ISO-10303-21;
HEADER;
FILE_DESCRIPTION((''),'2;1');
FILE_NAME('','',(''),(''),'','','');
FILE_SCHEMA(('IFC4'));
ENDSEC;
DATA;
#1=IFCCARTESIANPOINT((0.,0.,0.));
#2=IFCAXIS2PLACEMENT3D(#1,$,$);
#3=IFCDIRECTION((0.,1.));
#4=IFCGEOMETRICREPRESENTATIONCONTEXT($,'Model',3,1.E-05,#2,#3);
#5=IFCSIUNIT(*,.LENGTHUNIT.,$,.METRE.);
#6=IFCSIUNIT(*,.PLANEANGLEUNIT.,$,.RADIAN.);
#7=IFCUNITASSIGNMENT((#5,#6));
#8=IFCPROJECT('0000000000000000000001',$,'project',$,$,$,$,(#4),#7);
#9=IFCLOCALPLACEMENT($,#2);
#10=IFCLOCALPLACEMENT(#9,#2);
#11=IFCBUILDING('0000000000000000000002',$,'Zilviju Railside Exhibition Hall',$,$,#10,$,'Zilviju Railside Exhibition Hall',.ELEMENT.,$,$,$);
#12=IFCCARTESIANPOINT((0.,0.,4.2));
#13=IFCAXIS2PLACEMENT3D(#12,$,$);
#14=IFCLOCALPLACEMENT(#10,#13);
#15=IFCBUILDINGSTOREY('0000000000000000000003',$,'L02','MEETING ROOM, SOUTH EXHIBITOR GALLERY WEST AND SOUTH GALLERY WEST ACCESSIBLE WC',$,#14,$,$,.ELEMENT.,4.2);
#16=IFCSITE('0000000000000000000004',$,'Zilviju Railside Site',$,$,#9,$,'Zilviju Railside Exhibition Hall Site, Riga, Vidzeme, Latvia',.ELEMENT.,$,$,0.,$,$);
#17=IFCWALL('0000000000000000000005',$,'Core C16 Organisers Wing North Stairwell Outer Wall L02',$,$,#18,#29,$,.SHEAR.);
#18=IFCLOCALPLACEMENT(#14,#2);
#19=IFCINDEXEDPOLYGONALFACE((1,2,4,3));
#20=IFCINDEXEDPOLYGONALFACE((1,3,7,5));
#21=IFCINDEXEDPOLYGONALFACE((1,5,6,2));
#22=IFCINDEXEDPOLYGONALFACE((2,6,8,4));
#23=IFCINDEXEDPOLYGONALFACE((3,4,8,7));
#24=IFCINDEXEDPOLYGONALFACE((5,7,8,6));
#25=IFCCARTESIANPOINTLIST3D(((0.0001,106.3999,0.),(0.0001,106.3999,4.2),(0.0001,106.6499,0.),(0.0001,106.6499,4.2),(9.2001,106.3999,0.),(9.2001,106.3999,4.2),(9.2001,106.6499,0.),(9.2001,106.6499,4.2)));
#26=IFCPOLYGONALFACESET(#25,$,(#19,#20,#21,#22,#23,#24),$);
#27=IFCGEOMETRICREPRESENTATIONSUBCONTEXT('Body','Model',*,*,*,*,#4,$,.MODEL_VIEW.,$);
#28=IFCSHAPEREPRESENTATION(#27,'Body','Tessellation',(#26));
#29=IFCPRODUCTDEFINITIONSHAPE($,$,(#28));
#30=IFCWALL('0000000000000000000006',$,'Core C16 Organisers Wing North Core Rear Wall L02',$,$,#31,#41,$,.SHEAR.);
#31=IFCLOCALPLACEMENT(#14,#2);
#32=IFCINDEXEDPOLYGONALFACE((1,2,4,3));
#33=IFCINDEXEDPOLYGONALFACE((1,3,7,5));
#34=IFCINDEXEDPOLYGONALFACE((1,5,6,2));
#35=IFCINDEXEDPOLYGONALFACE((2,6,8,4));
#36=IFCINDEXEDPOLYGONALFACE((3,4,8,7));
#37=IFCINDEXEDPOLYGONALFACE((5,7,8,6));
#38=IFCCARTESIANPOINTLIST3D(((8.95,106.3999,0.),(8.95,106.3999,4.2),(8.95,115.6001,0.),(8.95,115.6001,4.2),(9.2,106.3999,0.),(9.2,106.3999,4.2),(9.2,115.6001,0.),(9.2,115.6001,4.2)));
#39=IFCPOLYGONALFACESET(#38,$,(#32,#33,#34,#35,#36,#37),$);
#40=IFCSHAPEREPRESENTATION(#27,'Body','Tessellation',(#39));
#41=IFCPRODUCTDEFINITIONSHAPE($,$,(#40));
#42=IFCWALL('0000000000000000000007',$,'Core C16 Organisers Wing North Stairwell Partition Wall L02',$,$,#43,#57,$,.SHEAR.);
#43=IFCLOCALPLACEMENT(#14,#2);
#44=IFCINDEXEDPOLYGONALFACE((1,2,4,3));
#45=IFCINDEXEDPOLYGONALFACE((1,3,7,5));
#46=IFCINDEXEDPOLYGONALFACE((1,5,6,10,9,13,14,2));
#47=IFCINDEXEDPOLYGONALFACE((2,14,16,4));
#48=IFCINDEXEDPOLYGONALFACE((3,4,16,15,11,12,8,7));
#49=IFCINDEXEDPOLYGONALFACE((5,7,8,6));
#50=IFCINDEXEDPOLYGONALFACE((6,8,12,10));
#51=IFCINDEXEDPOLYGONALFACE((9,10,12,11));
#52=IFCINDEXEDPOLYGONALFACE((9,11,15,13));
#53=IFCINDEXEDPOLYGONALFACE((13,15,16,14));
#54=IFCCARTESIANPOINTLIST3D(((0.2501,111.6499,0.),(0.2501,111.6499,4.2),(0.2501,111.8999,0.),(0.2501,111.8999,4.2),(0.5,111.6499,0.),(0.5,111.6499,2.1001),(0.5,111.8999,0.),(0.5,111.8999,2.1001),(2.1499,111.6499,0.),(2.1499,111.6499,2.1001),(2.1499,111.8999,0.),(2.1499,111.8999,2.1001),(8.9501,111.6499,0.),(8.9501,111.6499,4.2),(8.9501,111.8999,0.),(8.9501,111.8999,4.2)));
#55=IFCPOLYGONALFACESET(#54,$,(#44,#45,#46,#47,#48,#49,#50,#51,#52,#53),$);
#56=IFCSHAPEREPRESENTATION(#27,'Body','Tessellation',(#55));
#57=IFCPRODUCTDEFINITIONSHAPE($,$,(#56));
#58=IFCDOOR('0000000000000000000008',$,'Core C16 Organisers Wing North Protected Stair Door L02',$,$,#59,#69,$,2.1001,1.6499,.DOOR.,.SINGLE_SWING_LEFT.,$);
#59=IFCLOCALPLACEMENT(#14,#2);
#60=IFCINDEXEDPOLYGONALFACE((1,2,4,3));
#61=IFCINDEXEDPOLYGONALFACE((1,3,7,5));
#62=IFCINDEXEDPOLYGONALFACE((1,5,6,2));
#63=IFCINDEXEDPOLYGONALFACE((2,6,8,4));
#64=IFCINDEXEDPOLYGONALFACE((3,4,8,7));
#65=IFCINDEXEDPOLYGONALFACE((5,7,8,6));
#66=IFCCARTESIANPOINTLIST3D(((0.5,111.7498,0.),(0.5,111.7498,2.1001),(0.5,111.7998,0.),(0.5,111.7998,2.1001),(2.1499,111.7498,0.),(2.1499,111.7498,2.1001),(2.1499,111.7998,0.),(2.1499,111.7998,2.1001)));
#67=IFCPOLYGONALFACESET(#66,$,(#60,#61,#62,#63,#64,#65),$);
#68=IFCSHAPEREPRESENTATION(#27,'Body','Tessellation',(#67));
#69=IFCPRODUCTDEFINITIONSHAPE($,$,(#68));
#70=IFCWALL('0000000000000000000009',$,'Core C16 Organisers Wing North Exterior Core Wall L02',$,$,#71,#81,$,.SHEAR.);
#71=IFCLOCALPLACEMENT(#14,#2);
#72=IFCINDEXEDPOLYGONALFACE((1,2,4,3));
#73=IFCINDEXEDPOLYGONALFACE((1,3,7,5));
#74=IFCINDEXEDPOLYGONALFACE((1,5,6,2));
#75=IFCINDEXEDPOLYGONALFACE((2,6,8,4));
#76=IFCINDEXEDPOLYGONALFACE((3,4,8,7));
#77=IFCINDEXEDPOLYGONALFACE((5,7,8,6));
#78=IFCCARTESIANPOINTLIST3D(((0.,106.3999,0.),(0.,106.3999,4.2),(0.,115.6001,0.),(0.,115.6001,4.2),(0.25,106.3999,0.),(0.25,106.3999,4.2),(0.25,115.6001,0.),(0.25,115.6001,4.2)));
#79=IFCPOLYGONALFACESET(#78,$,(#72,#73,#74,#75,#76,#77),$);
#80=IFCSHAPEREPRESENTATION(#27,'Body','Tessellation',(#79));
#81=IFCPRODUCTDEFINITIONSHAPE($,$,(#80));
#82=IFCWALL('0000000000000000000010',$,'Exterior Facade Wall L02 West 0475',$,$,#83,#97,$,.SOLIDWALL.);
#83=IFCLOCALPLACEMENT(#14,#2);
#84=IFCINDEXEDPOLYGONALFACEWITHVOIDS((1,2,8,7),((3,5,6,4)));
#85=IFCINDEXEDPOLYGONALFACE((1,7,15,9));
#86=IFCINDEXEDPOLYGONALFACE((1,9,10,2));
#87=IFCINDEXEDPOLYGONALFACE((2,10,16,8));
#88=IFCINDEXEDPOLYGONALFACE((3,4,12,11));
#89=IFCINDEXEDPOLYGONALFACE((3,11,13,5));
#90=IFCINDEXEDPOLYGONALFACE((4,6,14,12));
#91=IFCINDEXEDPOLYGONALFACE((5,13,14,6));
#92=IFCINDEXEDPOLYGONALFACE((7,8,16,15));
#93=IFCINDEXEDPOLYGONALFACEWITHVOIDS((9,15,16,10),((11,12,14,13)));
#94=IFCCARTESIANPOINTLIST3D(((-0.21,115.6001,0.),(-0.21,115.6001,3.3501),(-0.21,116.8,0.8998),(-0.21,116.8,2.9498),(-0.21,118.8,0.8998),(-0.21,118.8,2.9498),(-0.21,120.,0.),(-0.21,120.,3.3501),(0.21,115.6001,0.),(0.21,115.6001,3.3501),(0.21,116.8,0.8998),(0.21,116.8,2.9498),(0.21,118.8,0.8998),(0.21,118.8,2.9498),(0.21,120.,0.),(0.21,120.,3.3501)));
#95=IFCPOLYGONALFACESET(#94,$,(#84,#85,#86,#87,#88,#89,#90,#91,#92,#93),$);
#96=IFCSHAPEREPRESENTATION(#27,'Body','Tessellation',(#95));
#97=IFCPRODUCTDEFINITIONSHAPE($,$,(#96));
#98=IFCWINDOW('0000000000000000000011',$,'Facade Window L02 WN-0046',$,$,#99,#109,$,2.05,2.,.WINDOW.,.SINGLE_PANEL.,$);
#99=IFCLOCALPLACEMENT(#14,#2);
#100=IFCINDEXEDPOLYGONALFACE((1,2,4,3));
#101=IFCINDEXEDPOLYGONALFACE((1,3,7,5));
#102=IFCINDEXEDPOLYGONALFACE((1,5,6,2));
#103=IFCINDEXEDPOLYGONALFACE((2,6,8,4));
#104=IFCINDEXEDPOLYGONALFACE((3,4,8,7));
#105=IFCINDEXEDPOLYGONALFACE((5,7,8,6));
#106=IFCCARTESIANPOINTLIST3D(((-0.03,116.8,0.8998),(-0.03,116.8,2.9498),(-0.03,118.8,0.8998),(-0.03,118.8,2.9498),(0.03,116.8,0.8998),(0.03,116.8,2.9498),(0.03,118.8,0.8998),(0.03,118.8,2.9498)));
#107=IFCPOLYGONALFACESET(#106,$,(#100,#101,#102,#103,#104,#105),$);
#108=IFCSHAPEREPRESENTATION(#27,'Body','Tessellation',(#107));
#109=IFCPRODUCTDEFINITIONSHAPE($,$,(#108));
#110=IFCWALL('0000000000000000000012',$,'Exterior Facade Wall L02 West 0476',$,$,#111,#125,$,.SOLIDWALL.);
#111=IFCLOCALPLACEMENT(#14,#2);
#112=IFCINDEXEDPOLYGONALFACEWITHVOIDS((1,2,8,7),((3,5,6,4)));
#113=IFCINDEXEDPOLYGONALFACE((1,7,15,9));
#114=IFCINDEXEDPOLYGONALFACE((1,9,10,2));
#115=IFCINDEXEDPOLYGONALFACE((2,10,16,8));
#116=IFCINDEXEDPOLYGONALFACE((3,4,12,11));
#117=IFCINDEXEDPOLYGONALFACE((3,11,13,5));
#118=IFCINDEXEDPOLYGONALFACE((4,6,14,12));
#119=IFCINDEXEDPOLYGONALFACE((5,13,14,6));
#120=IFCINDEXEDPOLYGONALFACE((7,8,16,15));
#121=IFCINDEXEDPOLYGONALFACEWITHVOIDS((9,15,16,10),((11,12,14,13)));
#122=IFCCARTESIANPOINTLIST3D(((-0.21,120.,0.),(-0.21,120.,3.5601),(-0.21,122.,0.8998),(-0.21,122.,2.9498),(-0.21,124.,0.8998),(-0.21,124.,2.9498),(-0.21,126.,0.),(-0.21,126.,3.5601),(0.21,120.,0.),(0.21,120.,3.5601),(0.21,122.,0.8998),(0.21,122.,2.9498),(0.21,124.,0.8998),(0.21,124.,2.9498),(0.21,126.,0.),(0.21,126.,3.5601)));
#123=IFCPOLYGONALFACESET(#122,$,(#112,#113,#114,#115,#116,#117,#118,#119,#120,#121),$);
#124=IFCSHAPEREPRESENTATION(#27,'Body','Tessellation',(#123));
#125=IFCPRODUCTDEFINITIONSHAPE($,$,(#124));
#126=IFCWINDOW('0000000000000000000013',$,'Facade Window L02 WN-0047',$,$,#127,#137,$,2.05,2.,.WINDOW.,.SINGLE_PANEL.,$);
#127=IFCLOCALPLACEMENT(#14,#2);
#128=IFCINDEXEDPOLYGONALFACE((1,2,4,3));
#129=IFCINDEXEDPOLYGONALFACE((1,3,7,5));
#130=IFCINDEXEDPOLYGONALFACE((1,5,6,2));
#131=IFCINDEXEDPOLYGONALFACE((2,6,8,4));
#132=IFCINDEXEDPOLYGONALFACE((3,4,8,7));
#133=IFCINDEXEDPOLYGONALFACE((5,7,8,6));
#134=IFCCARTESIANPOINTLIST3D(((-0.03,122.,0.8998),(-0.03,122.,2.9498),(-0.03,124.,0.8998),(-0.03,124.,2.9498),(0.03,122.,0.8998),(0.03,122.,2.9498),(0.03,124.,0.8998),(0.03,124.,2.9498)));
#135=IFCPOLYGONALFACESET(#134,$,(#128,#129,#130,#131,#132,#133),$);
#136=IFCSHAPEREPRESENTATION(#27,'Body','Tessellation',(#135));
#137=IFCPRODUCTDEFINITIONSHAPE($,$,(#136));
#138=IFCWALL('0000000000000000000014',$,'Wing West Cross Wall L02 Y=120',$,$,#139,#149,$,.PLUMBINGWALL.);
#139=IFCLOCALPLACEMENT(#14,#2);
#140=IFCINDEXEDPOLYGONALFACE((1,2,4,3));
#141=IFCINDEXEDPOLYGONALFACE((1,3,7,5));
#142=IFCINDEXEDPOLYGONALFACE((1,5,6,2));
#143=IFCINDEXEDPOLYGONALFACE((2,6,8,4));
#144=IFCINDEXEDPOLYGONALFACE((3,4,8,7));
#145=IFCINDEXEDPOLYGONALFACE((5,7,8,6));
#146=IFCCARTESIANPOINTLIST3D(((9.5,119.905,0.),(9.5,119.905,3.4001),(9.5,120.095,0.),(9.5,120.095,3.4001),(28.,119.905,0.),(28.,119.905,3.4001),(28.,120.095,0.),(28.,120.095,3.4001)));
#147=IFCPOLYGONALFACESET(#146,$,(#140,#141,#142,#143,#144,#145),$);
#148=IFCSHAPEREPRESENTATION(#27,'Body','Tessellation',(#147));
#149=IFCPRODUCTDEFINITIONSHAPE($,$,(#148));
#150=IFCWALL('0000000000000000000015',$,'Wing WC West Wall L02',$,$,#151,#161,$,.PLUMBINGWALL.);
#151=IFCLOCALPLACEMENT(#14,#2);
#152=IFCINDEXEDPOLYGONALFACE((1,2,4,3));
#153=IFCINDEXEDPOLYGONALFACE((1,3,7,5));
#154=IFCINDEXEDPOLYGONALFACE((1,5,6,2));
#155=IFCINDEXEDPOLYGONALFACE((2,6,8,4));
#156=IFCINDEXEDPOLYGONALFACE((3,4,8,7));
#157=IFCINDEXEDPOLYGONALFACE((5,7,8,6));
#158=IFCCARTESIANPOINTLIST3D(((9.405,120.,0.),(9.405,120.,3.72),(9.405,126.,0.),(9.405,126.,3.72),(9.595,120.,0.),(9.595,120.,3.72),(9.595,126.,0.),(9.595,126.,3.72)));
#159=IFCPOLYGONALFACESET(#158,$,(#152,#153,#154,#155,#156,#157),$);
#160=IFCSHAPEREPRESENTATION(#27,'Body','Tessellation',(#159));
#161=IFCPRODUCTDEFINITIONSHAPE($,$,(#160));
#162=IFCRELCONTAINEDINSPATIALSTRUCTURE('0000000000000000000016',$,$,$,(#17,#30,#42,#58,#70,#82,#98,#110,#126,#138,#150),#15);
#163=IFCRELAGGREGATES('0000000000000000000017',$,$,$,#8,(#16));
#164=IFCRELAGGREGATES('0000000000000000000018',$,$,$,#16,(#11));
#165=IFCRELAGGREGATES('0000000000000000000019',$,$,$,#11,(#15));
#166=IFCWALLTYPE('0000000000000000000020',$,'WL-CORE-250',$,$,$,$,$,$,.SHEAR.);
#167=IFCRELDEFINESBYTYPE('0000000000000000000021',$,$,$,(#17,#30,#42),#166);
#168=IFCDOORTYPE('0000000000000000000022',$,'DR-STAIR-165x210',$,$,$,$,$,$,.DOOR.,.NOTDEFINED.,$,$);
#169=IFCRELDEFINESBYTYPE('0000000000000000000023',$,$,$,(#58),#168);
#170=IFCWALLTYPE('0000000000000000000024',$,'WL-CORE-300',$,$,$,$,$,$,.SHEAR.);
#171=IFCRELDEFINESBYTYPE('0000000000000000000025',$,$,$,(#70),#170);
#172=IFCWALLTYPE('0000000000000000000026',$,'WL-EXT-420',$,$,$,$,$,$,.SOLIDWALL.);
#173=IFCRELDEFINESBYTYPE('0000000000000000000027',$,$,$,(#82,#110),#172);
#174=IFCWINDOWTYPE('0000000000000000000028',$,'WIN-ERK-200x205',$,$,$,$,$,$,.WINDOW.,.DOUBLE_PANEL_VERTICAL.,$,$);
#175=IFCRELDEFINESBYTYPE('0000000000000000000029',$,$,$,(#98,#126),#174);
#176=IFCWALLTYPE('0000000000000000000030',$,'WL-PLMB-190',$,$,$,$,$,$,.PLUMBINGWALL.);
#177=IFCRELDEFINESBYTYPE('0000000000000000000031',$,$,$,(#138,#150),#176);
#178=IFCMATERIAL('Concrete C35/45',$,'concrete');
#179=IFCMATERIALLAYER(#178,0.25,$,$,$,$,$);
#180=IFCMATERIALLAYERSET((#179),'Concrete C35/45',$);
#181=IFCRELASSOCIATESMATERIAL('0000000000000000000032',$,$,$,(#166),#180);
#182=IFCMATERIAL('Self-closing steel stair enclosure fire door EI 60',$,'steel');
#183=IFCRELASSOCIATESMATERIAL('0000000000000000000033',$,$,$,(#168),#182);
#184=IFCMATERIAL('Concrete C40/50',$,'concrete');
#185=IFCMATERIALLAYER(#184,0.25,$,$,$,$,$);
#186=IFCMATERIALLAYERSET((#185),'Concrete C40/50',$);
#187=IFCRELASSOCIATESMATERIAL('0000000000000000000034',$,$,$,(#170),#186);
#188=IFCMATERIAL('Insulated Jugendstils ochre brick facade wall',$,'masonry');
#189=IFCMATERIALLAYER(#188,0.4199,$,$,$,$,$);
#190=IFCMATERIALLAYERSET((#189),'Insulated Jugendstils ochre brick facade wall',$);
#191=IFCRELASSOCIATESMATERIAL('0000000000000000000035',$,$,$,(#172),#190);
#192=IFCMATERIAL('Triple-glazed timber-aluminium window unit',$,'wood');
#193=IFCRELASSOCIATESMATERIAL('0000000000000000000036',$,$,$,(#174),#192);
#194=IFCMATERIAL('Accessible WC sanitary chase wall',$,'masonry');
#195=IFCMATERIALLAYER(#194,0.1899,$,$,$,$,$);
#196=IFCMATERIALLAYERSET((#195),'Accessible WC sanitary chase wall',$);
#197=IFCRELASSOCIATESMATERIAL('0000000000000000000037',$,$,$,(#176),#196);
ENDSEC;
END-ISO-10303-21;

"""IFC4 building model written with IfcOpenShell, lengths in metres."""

from ifc_helpers import new_model, si_unit, direction, frame, frame_2d, origin, place, context, subcontext, project, spatial, rectangle, extrude, material, layer, layer_set, type_object, element, fill, save


model = new_model("IFC4")

# Units and contexts
model_context = context("Model", 3, precision=1e-05, world=origin(), true_north=direction((0.0, 1.0)))
body_context = subcontext(model_context, "Body", "Model", "MODEL_VIEW")
ifc_project = project(units=[si_unit("LENGTHUNIT", "METRE"), si_unit("PLANEANGLEUNIT", "RADIAN")], contexts=[model_context])

# Site, building, storey
site_placement = place(None, origin())
site = spatial("IfcSite", under=ifc_project, at=site_placement, Name="Zilviju Railside Site", LongName="Zilviju Railside Exhibition Hall Site, Riga, Vidzeme, Latvia", CompositionType="ELEMENT", RefElevation=0.0)
building_placement = place(site_placement, origin())
building = spatial("IfcBuilding", under=site, at=building_placement, Name="Zilviju Railside Exhibition Hall", LongName="Zilviju Railside Exhibition Hall", CompositionType="ELEMENT")
storey_placement = place(building_placement, frame((0.0, 0.0, 4.2)))
storey = spatial("IfcBuildingStorey", under=building, at=storey_placement, Name="L02", Description="MEETING ROOM, SOUTH EXHIBITOR GALLERY WEST AND SOUTH GALLERY WEST ACCESSIBLE WC", CompositionType="ELEMENT", Elevation=4.2)

# Shared definitions
ifc_material_1 = material(Name="Concrete C35/45", Category="concrete")

# Walls
ifc_layer_1 = layer(ifc_material_1, 0.25)
ifc_layer_set_1 = layer_set([ifc_layer_1], Name="Concrete C35/45")
wall_type_1 = type_object("IfcWallType", Name="WL-CORE-250", PredefinedType="SHEAR", material=ifc_layer_set_1)
wall_1_placement = place(storey_placement, frame((0.0, 106.5249, 0.0), z_axis=(0.0, 0.0, 1.0), x_axis=(1.0, 0.0, 0.0)))
element("IfcWall", 1, at=wall_1_placement, inside=storey, type_object=wall_type_1, Name="Core C16 Organisers Wing North Stairwell Outer Wall L02", PredefinedType="SHEAR", context=body_context, shape_type="SweptSolid", body=[
    extrude(rectangle(XDim=9.2, YDim=0.25, at=frame_2d((4.6001, 0.0))), origin(), (0.0, 0.0, 1.0), 4.2),
])
wall_2_placement = place(storey_placement, frame((9.075, 106.3999, 0.0), z_axis=(0.0, 0.0, 1.0), x_axis=(0.0, 1.0, 0.0)))
element("IfcWall", 2, at=wall_2_placement, inside=storey, type_object=wall_type_1, Name="Core C16 Organisers Wing North Core Rear Wall L02", PredefinedType="SHEAR", context=body_context, shape_type="SweptSolid", body=[
    extrude(rectangle(XDim=9.2002, YDim=0.25, at=frame_2d((4.6001, 0.0))), origin(), (0.0, 0.0, 1.0), 4.2),
])

# Wall, opening, door
wall_3_placement = place(storey_placement, frame((0.25, 111.7749, 0.0), z_axis=(0.0, 0.0, 1.0), x_axis=(1.0, 0.0, 0.0)))
wall_3 = element("IfcWall", 3, at=wall_3_placement, inside=storey, type_object=wall_type_1, Name="Core C16 Organisers Wing North Stairwell Partition Wall L02", PredefinedType="SHEAR", context=body_context, shape_type="SweptSolid", body=[
    extrude(rectangle(XDim=8.7, YDim=0.25, at=frame_2d((4.3501, 0.0))), origin(), (0.0, 0.0, 1.0), 4.2),
])
opening_1_placement = place(wall_3_placement, frame((0.25, 0.0, 0.0)))
opening_1 = element("IfcOpeningElement", 4, at=opening_1_placement, cuts=wall_3, PredefinedType="OPENING", context=body_context, shape_type="SweptSolid", body=[
    extrude(rectangle(XDim=1.6499, YDim=2.1001, at=frame_2d((0.825, 1.05))), frame((0.0, 0.135, 0.0), z_axis=(0.0, -1.0, 0.0), x_axis=(1.0, 0.0, 0.0)), (0.0, 0.0, 1.0), 0.27),
])
ifc_material_2 = material(Name="Self-closing steel stair enclosure fire door EI 60", Category="steel")
door_type_1 = type_object("IfcDoorType", Name="DR-STAIR-165x210", OperationType="NOTDEFINED", PredefinedType="DOOR", material=ifc_material_2)
door_1_placement = place(opening_1_placement, origin())
door_1 = element("IfcDoor", 5, at=door_1_placement, inside=storey, type_object=door_type_1, Name="Core C16 Organisers Wing North Protected Stair Door L02", OperationType="SINGLE_SWING_LEFT", OverallHeight=2.1001, OverallWidth=1.6499, PredefinedType="DOOR", context=body_context, shape_type="SweptSolid", body=[
    extrude(rectangle(XDim=1.6499, YDim=2.1001, at=frame_2d((0.825, 1.05))), frame((0.0, 0.0249, 0.0), z_axis=(0.0, -1.0, 0.0), x_axis=(1.0, 0.0, 0.0)), (0.0, 0.0, 1.0), 0.05),
])
fill(opening_1, door_1)

# Wall
ifc_material_3 = material(Name="Concrete C40/50", Category="concrete")
ifc_layer_2 = layer(ifc_material_3, 0.25)
ifc_layer_set_2 = layer_set([ifc_layer_2], Name="Concrete C40/50")
wall_type_2 = type_object("IfcWallType", Name="WL-CORE-300", PredefinedType="SHEAR", material=ifc_layer_set_2)
wall_4_placement = place(storey_placement, frame((0.125, 106.3999, 0.0), z_axis=(0.0, 0.0, 1.0), x_axis=(0.0, 1.0, 0.0)))
element("IfcWall", 6, at=wall_4_placement, inside=storey, type_object=wall_type_2, Name="Core C16 Organisers Wing North Exterior Core Wall L02", PredefinedType="SHEAR", context=body_context, shape_type="SweptSolid", body=[
    extrude(rectangle(XDim=9.2002, YDim=0.25, at=frame_2d((4.6001, 0.0))), origin(), (0.0, 0.0, 1.0), 4.2),
])

# Walls, openings, windows
ifc_material_4 = material(Name="Insulated Jugendstils ochre brick facade wall", Category="masonry")
ifc_layer_3 = layer(ifc_material_4, 0.4199)
ifc_layer_set_3 = layer_set([ifc_layer_3], Name="Insulated Jugendstils ochre brick facade wall")
wall_type_3 = type_object("IfcWallType", Name="WL-EXT-420", PredefinedType="SOLIDWALL", material=ifc_layer_set_3)
wall_5_placement = place(storey_placement, frame((0.0, 115.6001, 0.0), z_axis=(0.0, 0.0, 1.0), x_axis=(0.0, 1.0, 0.0)))
wall_5 = element("IfcWall", 7, at=wall_5_placement, inside=storey, type_object=wall_type_3, Name="Exterior Facade Wall L02 West 0475", PredefinedType="SOLIDWALL", context=body_context, shape_type="SweptSolid", body=[
    extrude(rectangle(XDim=4.3999, YDim=0.4199, at=frame_2d((2.2, 0.0))), origin(), (0.0, 0.0, 1.0), 3.3501),
])
opening_2_placement = place(wall_5_placement, frame((1.2, 0.0, 0.8999)))
opening_2 = element("IfcOpeningElement", 8, at=opening_2_placement, cuts=wall_5, PredefinedType="OPENING", context=body_context, shape_type="SweptSolid", body=[
    extrude(rectangle(XDim=2.0, YDim=2.05, at=frame_2d((1.0, 1.0249))), frame((0.0, 0.22, 0.0), z_axis=(0.0, -1.0, 0.0), x_axis=(1.0, 0.0, 0.0)), (0.0, 0.0, 1.0), 0.4399),
])
ifc_material_5 = material(Name="Triple-glazed timber-aluminium window unit", Category="wood")
window_type = type_object("IfcWindowType", Name="WIN-ERK-200x205", PartitioningType="DOUBLE_PANEL_VERTICAL", PredefinedType="WINDOW", material=ifc_material_5)
window_1_placement = place(opening_2_placement, origin())
window_1 = element("IfcWindow", 9, at=window_1_placement, inside=storey, type_object=window_type, Name="Facade Window L02 WN-0046", OverallHeight=2.05, OverallWidth=2.0, PartitioningType="SINGLE_PANEL", PredefinedType="WINDOW", context=body_context, shape_type="SweptSolid", body=[
    extrude(rectangle(XDim=2.0, YDim=2.05, at=frame_2d((1.0, 1.0249))), frame((0.0, 0.03, 0.0), z_axis=(0.0, -1.0, 0.0), x_axis=(1.0, 0.0, 0.0)), (0.0, 0.0, 1.0), 0.0601),
])
fill(opening_2, window_1)
wall_6_placement = place(storey_placement, frame((0.0, 120.0, 0.0), z_axis=(0.0, 0.0, 1.0), x_axis=(0.0, 1.0, 0.0)))
wall_6 = element("IfcWall", 10, at=wall_6_placement, inside=storey, type_object=wall_type_3, Name="Exterior Facade Wall L02 West 0476", PredefinedType="SOLIDWALL", context=body_context, shape_type="SweptSolid", body=[
    extrude(rectangle(XDim=6.0, YDim=0.4199, at=frame_2d((3.0, 0.0))), origin(), (0.0, 0.0, 1.0), 3.5601),
])
opening_3_placement = place(wall_6_placement, frame((2.0, 0.0, 0.8999)))
opening_3 = element("IfcOpeningElement", 11, at=opening_3_placement, cuts=wall_6, PredefinedType="OPENING", context=body_context, shape_type="SweptSolid", body=[
    extrude(rectangle(XDim=2.0, YDim=2.05, at=frame_2d((1.0, 1.0249))), frame((0.0, 0.22, 0.0), z_axis=(0.0, -1.0, 0.0), x_axis=(1.0, 0.0, 0.0)), (0.0, 0.0, 1.0), 0.4399),
])
window_2_placement = place(opening_3_placement, origin())
window_2 = element("IfcWindow", 12, at=window_2_placement, inside=storey, type_object=window_type, Name="Facade Window L02 WN-0047", OverallHeight=2.05, OverallWidth=2.0, PartitioningType="SINGLE_PANEL", PredefinedType="WINDOW", context=body_context, shape_type="SweptSolid", body=[
    extrude(rectangle(XDim=2.0, YDim=2.05, at=frame_2d((1.0, 1.0249))), frame((0.0, 0.03, 0.0), z_axis=(0.0, -1.0, 0.0), x_axis=(1.0, 0.0, 0.0)), (0.0, 0.0, 1.0), 0.0601),
])
fill(opening_3, window_2)

# Walls
ifc_material_6 = material(Name="Accessible WC sanitary chase wall", Category="masonry")
ifc_layer_4 = layer(ifc_material_6, 0.1899)
ifc_layer_set_4 = layer_set([ifc_layer_4], Name="Accessible WC sanitary chase wall")
wall_type_4 = type_object("IfcWallType", Name="WL-PLMB-190", PredefinedType="PLUMBINGWALL", material=ifc_layer_set_4)
wall_7_placement = place(storey_placement, frame((9.5, 120.0, 0.0), z_axis=(0.0, 0.0, 1.0), x_axis=(1.0, 0.0, 0.0)))
element("IfcWall", 13, at=wall_7_placement, inside=storey, type_object=wall_type_4, Name="Wing West Cross Wall L02 Y=120", PredefinedType="PLUMBINGWALL", context=body_context, shape_type="SweptSolid", body=[
    extrude(rectangle(XDim=18.5, YDim=0.1899, at=frame_2d((9.25, 0.0))), origin(), (0.0, 0.0, 1.0), 3.4001),
])
wall_8_placement = place(storey_placement, frame((9.5, 120.0, 0.0), z_axis=(0.0, 0.0, 1.0), x_axis=(0.0, 1.0, 0.0)))
element("IfcWall", 14, at=wall_8_placement, inside=storey, type_object=wall_type_4, Name="Wing WC West Wall L02", PredefinedType="PLUMBINGWALL", context=body_context, shape_type="SweptSolid", body=[
    extrude(rectangle(XDim=6.0, YDim=0.1899, at=frame_2d((3.0, 0.0))), origin(), (0.0, 0.0, 1.0), 3.72),
])

save(model, "model.ifc")
